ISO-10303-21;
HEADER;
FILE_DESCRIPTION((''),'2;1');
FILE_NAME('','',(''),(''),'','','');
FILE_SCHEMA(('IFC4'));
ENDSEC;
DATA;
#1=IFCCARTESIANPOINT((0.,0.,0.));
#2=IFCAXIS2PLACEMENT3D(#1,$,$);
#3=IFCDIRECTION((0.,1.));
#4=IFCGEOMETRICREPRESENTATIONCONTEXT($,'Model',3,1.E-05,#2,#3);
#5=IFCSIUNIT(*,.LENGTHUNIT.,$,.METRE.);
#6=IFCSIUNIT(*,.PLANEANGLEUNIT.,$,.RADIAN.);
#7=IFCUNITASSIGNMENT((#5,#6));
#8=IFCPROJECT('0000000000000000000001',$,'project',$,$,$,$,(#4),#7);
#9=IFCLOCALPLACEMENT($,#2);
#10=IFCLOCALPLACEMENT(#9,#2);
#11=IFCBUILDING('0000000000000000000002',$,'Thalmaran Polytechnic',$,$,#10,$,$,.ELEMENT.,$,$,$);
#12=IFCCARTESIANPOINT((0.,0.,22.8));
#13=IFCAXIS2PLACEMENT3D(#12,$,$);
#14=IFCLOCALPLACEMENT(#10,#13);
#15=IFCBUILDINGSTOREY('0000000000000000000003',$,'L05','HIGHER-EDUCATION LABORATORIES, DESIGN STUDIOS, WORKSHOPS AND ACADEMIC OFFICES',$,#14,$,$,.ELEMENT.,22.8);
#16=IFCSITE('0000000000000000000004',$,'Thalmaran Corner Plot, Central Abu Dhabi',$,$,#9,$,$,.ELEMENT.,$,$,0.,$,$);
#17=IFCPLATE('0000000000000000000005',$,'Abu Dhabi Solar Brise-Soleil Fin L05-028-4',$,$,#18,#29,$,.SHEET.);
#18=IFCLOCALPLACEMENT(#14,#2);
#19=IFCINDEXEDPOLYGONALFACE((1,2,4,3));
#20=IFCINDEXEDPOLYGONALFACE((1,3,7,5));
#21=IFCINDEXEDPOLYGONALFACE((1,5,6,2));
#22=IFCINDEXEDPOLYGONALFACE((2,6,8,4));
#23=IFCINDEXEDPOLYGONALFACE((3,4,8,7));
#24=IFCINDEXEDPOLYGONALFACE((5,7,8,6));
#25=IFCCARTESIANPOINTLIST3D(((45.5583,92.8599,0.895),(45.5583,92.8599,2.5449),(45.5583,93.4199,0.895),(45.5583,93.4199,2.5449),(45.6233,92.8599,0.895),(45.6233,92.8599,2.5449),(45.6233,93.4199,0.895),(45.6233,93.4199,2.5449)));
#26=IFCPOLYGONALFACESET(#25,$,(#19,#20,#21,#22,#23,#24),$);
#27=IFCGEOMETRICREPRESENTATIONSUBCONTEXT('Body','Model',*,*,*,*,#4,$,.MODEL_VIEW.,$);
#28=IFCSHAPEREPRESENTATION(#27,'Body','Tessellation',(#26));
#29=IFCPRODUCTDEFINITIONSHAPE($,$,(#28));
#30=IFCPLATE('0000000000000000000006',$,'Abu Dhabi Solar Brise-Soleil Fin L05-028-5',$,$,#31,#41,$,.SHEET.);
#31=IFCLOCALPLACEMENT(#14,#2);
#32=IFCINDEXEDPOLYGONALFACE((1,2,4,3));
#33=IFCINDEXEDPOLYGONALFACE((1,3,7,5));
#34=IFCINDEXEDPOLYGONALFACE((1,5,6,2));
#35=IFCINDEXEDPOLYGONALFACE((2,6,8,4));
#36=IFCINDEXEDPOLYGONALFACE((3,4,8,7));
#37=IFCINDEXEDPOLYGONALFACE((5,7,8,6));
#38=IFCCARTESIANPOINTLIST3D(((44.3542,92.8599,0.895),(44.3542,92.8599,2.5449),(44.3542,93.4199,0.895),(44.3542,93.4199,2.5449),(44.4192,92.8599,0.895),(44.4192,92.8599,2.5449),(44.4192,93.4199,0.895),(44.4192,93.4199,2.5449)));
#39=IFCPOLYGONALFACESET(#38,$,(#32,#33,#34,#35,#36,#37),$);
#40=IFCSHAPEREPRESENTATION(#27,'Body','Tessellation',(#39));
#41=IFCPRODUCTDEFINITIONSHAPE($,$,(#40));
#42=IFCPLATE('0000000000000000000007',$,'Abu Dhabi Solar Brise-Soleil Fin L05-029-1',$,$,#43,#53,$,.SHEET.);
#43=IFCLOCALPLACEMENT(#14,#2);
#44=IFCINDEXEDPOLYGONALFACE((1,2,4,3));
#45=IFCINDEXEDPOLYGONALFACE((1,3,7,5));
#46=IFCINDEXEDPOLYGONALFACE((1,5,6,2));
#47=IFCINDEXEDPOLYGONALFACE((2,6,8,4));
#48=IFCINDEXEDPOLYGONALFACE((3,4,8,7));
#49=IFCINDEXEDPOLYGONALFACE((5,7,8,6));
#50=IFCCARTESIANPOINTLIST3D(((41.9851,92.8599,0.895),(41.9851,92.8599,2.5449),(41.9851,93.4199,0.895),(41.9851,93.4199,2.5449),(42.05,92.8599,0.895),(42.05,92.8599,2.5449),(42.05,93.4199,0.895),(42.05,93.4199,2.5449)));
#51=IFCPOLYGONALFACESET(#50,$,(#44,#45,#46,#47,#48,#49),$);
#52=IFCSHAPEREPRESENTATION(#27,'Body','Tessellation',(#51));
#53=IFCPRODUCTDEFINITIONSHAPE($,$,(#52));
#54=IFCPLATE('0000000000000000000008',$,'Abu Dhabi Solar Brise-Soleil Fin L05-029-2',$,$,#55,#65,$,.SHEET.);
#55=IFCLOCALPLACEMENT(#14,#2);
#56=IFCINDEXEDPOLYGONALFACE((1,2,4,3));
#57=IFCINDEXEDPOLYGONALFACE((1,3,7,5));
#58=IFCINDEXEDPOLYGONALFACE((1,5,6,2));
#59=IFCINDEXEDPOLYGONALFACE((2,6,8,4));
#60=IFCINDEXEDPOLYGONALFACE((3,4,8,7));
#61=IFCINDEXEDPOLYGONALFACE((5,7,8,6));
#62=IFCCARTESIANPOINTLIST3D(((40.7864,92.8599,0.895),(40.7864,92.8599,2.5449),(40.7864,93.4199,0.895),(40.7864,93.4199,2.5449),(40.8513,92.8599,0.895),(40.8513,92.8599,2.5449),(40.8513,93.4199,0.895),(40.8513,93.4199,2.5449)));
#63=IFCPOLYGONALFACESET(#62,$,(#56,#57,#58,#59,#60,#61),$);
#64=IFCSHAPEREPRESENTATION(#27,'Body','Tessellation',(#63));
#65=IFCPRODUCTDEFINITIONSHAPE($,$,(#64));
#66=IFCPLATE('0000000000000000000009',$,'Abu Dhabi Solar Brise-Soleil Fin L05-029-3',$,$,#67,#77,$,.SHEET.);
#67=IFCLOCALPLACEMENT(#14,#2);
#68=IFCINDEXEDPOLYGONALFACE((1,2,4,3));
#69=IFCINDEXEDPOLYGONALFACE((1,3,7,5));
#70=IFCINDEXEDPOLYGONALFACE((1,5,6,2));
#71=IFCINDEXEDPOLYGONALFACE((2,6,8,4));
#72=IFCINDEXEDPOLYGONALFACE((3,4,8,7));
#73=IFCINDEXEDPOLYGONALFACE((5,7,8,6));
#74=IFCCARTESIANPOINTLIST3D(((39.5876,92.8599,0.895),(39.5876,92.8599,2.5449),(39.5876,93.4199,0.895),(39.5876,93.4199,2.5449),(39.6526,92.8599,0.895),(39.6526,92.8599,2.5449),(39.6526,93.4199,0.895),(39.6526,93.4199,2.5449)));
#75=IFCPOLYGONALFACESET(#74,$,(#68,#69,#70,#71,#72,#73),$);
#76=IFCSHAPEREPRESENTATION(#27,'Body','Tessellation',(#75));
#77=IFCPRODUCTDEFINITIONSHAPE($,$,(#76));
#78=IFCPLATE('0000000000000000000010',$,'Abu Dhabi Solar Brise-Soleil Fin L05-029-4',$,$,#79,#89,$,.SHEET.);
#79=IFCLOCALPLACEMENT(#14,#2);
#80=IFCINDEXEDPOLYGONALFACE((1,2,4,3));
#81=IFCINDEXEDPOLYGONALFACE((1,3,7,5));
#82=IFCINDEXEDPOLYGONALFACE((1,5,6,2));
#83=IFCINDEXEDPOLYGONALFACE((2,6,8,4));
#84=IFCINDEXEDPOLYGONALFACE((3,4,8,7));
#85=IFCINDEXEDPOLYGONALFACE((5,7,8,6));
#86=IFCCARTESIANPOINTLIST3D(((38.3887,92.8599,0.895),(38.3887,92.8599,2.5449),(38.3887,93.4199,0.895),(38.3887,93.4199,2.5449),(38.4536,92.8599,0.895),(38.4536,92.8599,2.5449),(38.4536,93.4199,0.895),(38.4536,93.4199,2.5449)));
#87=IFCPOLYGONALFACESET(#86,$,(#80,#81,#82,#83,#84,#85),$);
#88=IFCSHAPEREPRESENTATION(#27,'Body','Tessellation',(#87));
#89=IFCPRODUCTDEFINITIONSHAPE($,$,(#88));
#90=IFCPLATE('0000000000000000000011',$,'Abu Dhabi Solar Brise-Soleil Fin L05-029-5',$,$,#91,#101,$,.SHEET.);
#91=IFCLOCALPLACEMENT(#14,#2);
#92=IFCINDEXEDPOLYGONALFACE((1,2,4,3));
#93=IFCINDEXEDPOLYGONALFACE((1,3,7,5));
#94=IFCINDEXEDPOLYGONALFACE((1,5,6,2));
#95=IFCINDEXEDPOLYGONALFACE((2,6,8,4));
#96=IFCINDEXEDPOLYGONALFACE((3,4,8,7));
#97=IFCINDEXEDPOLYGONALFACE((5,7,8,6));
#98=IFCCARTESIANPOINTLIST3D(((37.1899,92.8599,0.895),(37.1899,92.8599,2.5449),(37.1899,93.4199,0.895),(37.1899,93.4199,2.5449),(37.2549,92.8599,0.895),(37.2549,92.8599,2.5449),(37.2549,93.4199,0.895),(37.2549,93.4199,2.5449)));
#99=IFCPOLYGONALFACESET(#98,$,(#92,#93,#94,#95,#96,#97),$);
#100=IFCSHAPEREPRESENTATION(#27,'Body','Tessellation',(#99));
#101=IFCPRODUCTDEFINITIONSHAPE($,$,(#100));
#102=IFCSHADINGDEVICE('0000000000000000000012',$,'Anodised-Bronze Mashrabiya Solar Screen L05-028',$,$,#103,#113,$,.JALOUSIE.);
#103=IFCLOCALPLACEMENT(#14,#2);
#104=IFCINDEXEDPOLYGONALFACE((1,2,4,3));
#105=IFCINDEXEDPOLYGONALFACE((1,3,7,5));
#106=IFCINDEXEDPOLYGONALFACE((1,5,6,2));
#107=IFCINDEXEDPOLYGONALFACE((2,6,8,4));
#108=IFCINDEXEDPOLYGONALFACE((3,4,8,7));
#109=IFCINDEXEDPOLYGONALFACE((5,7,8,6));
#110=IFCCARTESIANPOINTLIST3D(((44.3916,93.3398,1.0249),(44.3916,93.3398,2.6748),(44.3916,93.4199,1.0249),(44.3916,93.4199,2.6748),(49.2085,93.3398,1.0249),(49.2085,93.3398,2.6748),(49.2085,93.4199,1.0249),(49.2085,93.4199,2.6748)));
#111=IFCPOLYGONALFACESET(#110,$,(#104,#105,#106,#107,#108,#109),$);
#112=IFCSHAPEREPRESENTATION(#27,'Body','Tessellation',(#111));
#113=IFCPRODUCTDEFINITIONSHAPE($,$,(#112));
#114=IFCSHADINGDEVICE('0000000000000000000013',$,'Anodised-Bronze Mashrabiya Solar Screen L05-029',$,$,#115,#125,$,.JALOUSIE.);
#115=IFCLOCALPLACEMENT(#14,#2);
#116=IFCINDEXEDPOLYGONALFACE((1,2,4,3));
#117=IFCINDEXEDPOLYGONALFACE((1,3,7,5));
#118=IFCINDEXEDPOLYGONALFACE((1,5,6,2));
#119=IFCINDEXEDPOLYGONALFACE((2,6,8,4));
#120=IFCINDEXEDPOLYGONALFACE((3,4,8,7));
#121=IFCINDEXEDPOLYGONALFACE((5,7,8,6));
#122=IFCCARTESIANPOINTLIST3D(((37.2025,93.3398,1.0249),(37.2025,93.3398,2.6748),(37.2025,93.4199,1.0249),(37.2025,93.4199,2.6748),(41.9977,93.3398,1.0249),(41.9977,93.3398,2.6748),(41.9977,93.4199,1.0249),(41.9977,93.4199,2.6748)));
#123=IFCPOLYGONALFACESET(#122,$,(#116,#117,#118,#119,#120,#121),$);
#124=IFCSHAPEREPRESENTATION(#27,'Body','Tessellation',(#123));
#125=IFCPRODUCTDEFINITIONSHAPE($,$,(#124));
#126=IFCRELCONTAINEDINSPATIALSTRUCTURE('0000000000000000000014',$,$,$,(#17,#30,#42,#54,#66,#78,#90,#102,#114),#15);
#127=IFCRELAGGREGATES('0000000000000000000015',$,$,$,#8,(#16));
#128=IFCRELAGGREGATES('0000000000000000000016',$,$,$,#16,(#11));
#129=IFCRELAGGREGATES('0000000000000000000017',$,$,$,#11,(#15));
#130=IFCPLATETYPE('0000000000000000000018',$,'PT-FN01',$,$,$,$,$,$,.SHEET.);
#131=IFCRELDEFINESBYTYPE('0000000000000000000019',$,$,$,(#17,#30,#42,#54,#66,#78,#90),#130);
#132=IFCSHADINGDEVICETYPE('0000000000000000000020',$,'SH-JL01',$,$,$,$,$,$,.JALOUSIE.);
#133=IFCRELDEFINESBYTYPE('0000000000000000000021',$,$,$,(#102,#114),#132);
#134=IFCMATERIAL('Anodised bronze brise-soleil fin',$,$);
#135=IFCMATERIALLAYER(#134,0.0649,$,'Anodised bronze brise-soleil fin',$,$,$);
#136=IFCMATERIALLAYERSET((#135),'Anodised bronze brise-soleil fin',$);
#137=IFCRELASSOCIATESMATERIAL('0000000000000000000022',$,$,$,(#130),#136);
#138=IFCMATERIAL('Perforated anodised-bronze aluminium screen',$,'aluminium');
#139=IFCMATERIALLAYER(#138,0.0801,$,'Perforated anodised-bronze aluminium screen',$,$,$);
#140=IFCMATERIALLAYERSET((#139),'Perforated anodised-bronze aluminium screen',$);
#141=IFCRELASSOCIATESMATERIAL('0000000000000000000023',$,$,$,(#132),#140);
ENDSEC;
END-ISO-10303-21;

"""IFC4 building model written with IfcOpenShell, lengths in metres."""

from ifc_helpers import new_model, si_unit, direction, frame, origin, origin_2d, place, context, subcontext, project, spatial, rectangle, extrude, material, layer, layer_set, type_object, element, save


model = new_model("IFC4")

# Units and contexts
model_context = context("Model", 3, precision=1e-05, world=origin(), true_north=direction((0.0, 1.0)))
body_context = subcontext(model_context, "Body", "Model", "MODEL_VIEW")
ifc_project = project(units=[si_unit("LENGTHUNIT", "METRE"), si_unit("PLANEANGLEUNIT", "RADIAN")], contexts=[model_context])

# Site, building, storey
site_placement = place(None, origin())
site = spatial("IfcSite", under=ifc_project, at=site_placement, Name="Thalmaran Corner Plot, Central Abu Dhabi", CompositionType="ELEMENT", RefElevation=0.0)
building_placement = place(site_placement, origin())
building = spatial("IfcBuilding", under=site, at=building_placement, Name="Thalmaran Polytechnic", CompositionType="ELEMENT")
storey_placement = place(building_placement, frame((0.0, 0.0, 22.8)))
storey = spatial("IfcBuildingStorey", under=building, at=storey_placement, Name="L05", Description="HIGHER-EDUCATION LABORATORIES, DESIGN STUDIOS, WORKSHOPS AND ACADEMIC OFFICES", CompositionType="ELEMENT", Elevation=22.8)

# Plates
ifc_material_1 = material(Name="Anodised bronze brise-soleil fin")
ifc_layer_1 = layer(ifc_material_1, 0.0649, Name="Anodised bronze brise-soleil fin")
ifc_layer_set_1 = layer_set([ifc_layer_1], Name="Anodised bronze brise-soleil fin")
plate_type_1 = type_object("IfcPlateType", Name="PT-FN01", PredefinedType="SHEET", material=ifc_layer_set_1)
for number, where, z_axis, x_axis, name in (
    (1, (45.5908, 93.1399, 0.895), (0.0, 0.0, 1.0), (-1.0, 0.0, 0.0), "Abu Dhabi Solar Brise-Soleil Fin L05-028-4"),
    (2, (44.3867, 93.1399, 0.895), (0.0, 0.0, 1.0), (-1.0, 0.0, 0.0), "Abu Dhabi Solar Brise-Soleil Fin L05-028-5"),
    (3, (42.0176, 93.1399, 0.895), (0.0, 0.0, 1.0), (-1.0, 0.0, 0.0), "Abu Dhabi Solar Brise-Soleil Fin L05-029-1"),
    (4, (40.8188, 93.1399, 0.895), (0.0, 0.0, 1.0), (-1.0, 0.0, 0.0), "Abu Dhabi Solar Brise-Soleil Fin L05-029-2"),
    (5, (39.6201, 93.1399, 0.895), (0.0, 0.0, 1.0), (-1.0, 0.0, 0.0), "Abu Dhabi Solar Brise-Soleil Fin L05-029-3"),
    (6, (38.4211, 93.1399, 0.895), (0.0, 0.0, 1.0), (-1.0, 0.0, 0.0), "Abu Dhabi Solar Brise-Soleil Fin L05-029-4"),
    (7, (37.2224, 93.1399, 0.895), (0.0, 0.0, 1.0), (-1.0, 0.0, 0.0), "Abu Dhabi Solar Brise-Soleil Fin L05-029-5"),
):
    element("IfcPlate", number, at=place(storey_placement, frame(where, z_axis=z_axis, x_axis=x_axis)), inside=storey, type_object=plate_type_1, Name=name, PredefinedType="SHEET", context=body_context, shape_type="SweptSolid", body=[
        extrude(rectangle(XDim=0.0649, YDim=0.5601, at=origin_2d()), origin(), (0.0, 0.0, 1.0), 1.6499),
    ])

# Shading devices
ifc_material_2 = material(Name="Perforated anodised-bronze aluminium screen", Category="aluminium")
ifc_layer_2 = layer(ifc_material_2, 0.0801, Name="Perforated anodised-bronze aluminium screen")
ifc_layer_set_2 = layer_set([ifc_layer_2], Name="Perforated anodised-bronze aluminium screen")
shading_device_type = type_object("IfcShadingDeviceType", Name="SH-JL01", PredefinedType="JALOUSIE", material=ifc_layer_set_2)
shading_device_1_placement = place(storey_placement, frame((46.8, 93.3799, 1.0249), z_axis=(0.0, 0.0, 1.0), x_axis=(-1.0, 0.0, 0.0)))
element("IfcShadingDevice", 8, at=shading_device_1_placement, inside=storey, type_object=shading_device_type, Name="Anodised-Bronze Mashrabiya Solar Screen L05-028", PredefinedType="JALOUSIE", context=body_context, shape_type="SweptSolid", body=[
    extrude(rectangle(XDim=4.8169, YDim=0.0801, at=origin_2d()), origin(), (0.0, 0.0, 1.0), 1.6499),
])
shading_device_2_placement = place(storey_placement, frame((39.6001, 93.3799, 1.0249), z_axis=(0.0, 0.0, 1.0), x_axis=(-1.0, 0.0, 0.0)))
element("IfcShadingDevice", 9, at=shading_device_2_placement, inside=storey, type_object=shading_device_type, Name="Anodised-Bronze Mashrabiya Solar Screen L05-029", PredefinedType="JALOUSIE", context=body_context, shape_type="SweptSolid", body=[
    extrude(rectangle(XDim=4.7952, YDim=0.0801, at=origin_2d()), origin(), (0.0, 0.0, 1.0), 1.6499),
])

save(model, "model.ifc")
